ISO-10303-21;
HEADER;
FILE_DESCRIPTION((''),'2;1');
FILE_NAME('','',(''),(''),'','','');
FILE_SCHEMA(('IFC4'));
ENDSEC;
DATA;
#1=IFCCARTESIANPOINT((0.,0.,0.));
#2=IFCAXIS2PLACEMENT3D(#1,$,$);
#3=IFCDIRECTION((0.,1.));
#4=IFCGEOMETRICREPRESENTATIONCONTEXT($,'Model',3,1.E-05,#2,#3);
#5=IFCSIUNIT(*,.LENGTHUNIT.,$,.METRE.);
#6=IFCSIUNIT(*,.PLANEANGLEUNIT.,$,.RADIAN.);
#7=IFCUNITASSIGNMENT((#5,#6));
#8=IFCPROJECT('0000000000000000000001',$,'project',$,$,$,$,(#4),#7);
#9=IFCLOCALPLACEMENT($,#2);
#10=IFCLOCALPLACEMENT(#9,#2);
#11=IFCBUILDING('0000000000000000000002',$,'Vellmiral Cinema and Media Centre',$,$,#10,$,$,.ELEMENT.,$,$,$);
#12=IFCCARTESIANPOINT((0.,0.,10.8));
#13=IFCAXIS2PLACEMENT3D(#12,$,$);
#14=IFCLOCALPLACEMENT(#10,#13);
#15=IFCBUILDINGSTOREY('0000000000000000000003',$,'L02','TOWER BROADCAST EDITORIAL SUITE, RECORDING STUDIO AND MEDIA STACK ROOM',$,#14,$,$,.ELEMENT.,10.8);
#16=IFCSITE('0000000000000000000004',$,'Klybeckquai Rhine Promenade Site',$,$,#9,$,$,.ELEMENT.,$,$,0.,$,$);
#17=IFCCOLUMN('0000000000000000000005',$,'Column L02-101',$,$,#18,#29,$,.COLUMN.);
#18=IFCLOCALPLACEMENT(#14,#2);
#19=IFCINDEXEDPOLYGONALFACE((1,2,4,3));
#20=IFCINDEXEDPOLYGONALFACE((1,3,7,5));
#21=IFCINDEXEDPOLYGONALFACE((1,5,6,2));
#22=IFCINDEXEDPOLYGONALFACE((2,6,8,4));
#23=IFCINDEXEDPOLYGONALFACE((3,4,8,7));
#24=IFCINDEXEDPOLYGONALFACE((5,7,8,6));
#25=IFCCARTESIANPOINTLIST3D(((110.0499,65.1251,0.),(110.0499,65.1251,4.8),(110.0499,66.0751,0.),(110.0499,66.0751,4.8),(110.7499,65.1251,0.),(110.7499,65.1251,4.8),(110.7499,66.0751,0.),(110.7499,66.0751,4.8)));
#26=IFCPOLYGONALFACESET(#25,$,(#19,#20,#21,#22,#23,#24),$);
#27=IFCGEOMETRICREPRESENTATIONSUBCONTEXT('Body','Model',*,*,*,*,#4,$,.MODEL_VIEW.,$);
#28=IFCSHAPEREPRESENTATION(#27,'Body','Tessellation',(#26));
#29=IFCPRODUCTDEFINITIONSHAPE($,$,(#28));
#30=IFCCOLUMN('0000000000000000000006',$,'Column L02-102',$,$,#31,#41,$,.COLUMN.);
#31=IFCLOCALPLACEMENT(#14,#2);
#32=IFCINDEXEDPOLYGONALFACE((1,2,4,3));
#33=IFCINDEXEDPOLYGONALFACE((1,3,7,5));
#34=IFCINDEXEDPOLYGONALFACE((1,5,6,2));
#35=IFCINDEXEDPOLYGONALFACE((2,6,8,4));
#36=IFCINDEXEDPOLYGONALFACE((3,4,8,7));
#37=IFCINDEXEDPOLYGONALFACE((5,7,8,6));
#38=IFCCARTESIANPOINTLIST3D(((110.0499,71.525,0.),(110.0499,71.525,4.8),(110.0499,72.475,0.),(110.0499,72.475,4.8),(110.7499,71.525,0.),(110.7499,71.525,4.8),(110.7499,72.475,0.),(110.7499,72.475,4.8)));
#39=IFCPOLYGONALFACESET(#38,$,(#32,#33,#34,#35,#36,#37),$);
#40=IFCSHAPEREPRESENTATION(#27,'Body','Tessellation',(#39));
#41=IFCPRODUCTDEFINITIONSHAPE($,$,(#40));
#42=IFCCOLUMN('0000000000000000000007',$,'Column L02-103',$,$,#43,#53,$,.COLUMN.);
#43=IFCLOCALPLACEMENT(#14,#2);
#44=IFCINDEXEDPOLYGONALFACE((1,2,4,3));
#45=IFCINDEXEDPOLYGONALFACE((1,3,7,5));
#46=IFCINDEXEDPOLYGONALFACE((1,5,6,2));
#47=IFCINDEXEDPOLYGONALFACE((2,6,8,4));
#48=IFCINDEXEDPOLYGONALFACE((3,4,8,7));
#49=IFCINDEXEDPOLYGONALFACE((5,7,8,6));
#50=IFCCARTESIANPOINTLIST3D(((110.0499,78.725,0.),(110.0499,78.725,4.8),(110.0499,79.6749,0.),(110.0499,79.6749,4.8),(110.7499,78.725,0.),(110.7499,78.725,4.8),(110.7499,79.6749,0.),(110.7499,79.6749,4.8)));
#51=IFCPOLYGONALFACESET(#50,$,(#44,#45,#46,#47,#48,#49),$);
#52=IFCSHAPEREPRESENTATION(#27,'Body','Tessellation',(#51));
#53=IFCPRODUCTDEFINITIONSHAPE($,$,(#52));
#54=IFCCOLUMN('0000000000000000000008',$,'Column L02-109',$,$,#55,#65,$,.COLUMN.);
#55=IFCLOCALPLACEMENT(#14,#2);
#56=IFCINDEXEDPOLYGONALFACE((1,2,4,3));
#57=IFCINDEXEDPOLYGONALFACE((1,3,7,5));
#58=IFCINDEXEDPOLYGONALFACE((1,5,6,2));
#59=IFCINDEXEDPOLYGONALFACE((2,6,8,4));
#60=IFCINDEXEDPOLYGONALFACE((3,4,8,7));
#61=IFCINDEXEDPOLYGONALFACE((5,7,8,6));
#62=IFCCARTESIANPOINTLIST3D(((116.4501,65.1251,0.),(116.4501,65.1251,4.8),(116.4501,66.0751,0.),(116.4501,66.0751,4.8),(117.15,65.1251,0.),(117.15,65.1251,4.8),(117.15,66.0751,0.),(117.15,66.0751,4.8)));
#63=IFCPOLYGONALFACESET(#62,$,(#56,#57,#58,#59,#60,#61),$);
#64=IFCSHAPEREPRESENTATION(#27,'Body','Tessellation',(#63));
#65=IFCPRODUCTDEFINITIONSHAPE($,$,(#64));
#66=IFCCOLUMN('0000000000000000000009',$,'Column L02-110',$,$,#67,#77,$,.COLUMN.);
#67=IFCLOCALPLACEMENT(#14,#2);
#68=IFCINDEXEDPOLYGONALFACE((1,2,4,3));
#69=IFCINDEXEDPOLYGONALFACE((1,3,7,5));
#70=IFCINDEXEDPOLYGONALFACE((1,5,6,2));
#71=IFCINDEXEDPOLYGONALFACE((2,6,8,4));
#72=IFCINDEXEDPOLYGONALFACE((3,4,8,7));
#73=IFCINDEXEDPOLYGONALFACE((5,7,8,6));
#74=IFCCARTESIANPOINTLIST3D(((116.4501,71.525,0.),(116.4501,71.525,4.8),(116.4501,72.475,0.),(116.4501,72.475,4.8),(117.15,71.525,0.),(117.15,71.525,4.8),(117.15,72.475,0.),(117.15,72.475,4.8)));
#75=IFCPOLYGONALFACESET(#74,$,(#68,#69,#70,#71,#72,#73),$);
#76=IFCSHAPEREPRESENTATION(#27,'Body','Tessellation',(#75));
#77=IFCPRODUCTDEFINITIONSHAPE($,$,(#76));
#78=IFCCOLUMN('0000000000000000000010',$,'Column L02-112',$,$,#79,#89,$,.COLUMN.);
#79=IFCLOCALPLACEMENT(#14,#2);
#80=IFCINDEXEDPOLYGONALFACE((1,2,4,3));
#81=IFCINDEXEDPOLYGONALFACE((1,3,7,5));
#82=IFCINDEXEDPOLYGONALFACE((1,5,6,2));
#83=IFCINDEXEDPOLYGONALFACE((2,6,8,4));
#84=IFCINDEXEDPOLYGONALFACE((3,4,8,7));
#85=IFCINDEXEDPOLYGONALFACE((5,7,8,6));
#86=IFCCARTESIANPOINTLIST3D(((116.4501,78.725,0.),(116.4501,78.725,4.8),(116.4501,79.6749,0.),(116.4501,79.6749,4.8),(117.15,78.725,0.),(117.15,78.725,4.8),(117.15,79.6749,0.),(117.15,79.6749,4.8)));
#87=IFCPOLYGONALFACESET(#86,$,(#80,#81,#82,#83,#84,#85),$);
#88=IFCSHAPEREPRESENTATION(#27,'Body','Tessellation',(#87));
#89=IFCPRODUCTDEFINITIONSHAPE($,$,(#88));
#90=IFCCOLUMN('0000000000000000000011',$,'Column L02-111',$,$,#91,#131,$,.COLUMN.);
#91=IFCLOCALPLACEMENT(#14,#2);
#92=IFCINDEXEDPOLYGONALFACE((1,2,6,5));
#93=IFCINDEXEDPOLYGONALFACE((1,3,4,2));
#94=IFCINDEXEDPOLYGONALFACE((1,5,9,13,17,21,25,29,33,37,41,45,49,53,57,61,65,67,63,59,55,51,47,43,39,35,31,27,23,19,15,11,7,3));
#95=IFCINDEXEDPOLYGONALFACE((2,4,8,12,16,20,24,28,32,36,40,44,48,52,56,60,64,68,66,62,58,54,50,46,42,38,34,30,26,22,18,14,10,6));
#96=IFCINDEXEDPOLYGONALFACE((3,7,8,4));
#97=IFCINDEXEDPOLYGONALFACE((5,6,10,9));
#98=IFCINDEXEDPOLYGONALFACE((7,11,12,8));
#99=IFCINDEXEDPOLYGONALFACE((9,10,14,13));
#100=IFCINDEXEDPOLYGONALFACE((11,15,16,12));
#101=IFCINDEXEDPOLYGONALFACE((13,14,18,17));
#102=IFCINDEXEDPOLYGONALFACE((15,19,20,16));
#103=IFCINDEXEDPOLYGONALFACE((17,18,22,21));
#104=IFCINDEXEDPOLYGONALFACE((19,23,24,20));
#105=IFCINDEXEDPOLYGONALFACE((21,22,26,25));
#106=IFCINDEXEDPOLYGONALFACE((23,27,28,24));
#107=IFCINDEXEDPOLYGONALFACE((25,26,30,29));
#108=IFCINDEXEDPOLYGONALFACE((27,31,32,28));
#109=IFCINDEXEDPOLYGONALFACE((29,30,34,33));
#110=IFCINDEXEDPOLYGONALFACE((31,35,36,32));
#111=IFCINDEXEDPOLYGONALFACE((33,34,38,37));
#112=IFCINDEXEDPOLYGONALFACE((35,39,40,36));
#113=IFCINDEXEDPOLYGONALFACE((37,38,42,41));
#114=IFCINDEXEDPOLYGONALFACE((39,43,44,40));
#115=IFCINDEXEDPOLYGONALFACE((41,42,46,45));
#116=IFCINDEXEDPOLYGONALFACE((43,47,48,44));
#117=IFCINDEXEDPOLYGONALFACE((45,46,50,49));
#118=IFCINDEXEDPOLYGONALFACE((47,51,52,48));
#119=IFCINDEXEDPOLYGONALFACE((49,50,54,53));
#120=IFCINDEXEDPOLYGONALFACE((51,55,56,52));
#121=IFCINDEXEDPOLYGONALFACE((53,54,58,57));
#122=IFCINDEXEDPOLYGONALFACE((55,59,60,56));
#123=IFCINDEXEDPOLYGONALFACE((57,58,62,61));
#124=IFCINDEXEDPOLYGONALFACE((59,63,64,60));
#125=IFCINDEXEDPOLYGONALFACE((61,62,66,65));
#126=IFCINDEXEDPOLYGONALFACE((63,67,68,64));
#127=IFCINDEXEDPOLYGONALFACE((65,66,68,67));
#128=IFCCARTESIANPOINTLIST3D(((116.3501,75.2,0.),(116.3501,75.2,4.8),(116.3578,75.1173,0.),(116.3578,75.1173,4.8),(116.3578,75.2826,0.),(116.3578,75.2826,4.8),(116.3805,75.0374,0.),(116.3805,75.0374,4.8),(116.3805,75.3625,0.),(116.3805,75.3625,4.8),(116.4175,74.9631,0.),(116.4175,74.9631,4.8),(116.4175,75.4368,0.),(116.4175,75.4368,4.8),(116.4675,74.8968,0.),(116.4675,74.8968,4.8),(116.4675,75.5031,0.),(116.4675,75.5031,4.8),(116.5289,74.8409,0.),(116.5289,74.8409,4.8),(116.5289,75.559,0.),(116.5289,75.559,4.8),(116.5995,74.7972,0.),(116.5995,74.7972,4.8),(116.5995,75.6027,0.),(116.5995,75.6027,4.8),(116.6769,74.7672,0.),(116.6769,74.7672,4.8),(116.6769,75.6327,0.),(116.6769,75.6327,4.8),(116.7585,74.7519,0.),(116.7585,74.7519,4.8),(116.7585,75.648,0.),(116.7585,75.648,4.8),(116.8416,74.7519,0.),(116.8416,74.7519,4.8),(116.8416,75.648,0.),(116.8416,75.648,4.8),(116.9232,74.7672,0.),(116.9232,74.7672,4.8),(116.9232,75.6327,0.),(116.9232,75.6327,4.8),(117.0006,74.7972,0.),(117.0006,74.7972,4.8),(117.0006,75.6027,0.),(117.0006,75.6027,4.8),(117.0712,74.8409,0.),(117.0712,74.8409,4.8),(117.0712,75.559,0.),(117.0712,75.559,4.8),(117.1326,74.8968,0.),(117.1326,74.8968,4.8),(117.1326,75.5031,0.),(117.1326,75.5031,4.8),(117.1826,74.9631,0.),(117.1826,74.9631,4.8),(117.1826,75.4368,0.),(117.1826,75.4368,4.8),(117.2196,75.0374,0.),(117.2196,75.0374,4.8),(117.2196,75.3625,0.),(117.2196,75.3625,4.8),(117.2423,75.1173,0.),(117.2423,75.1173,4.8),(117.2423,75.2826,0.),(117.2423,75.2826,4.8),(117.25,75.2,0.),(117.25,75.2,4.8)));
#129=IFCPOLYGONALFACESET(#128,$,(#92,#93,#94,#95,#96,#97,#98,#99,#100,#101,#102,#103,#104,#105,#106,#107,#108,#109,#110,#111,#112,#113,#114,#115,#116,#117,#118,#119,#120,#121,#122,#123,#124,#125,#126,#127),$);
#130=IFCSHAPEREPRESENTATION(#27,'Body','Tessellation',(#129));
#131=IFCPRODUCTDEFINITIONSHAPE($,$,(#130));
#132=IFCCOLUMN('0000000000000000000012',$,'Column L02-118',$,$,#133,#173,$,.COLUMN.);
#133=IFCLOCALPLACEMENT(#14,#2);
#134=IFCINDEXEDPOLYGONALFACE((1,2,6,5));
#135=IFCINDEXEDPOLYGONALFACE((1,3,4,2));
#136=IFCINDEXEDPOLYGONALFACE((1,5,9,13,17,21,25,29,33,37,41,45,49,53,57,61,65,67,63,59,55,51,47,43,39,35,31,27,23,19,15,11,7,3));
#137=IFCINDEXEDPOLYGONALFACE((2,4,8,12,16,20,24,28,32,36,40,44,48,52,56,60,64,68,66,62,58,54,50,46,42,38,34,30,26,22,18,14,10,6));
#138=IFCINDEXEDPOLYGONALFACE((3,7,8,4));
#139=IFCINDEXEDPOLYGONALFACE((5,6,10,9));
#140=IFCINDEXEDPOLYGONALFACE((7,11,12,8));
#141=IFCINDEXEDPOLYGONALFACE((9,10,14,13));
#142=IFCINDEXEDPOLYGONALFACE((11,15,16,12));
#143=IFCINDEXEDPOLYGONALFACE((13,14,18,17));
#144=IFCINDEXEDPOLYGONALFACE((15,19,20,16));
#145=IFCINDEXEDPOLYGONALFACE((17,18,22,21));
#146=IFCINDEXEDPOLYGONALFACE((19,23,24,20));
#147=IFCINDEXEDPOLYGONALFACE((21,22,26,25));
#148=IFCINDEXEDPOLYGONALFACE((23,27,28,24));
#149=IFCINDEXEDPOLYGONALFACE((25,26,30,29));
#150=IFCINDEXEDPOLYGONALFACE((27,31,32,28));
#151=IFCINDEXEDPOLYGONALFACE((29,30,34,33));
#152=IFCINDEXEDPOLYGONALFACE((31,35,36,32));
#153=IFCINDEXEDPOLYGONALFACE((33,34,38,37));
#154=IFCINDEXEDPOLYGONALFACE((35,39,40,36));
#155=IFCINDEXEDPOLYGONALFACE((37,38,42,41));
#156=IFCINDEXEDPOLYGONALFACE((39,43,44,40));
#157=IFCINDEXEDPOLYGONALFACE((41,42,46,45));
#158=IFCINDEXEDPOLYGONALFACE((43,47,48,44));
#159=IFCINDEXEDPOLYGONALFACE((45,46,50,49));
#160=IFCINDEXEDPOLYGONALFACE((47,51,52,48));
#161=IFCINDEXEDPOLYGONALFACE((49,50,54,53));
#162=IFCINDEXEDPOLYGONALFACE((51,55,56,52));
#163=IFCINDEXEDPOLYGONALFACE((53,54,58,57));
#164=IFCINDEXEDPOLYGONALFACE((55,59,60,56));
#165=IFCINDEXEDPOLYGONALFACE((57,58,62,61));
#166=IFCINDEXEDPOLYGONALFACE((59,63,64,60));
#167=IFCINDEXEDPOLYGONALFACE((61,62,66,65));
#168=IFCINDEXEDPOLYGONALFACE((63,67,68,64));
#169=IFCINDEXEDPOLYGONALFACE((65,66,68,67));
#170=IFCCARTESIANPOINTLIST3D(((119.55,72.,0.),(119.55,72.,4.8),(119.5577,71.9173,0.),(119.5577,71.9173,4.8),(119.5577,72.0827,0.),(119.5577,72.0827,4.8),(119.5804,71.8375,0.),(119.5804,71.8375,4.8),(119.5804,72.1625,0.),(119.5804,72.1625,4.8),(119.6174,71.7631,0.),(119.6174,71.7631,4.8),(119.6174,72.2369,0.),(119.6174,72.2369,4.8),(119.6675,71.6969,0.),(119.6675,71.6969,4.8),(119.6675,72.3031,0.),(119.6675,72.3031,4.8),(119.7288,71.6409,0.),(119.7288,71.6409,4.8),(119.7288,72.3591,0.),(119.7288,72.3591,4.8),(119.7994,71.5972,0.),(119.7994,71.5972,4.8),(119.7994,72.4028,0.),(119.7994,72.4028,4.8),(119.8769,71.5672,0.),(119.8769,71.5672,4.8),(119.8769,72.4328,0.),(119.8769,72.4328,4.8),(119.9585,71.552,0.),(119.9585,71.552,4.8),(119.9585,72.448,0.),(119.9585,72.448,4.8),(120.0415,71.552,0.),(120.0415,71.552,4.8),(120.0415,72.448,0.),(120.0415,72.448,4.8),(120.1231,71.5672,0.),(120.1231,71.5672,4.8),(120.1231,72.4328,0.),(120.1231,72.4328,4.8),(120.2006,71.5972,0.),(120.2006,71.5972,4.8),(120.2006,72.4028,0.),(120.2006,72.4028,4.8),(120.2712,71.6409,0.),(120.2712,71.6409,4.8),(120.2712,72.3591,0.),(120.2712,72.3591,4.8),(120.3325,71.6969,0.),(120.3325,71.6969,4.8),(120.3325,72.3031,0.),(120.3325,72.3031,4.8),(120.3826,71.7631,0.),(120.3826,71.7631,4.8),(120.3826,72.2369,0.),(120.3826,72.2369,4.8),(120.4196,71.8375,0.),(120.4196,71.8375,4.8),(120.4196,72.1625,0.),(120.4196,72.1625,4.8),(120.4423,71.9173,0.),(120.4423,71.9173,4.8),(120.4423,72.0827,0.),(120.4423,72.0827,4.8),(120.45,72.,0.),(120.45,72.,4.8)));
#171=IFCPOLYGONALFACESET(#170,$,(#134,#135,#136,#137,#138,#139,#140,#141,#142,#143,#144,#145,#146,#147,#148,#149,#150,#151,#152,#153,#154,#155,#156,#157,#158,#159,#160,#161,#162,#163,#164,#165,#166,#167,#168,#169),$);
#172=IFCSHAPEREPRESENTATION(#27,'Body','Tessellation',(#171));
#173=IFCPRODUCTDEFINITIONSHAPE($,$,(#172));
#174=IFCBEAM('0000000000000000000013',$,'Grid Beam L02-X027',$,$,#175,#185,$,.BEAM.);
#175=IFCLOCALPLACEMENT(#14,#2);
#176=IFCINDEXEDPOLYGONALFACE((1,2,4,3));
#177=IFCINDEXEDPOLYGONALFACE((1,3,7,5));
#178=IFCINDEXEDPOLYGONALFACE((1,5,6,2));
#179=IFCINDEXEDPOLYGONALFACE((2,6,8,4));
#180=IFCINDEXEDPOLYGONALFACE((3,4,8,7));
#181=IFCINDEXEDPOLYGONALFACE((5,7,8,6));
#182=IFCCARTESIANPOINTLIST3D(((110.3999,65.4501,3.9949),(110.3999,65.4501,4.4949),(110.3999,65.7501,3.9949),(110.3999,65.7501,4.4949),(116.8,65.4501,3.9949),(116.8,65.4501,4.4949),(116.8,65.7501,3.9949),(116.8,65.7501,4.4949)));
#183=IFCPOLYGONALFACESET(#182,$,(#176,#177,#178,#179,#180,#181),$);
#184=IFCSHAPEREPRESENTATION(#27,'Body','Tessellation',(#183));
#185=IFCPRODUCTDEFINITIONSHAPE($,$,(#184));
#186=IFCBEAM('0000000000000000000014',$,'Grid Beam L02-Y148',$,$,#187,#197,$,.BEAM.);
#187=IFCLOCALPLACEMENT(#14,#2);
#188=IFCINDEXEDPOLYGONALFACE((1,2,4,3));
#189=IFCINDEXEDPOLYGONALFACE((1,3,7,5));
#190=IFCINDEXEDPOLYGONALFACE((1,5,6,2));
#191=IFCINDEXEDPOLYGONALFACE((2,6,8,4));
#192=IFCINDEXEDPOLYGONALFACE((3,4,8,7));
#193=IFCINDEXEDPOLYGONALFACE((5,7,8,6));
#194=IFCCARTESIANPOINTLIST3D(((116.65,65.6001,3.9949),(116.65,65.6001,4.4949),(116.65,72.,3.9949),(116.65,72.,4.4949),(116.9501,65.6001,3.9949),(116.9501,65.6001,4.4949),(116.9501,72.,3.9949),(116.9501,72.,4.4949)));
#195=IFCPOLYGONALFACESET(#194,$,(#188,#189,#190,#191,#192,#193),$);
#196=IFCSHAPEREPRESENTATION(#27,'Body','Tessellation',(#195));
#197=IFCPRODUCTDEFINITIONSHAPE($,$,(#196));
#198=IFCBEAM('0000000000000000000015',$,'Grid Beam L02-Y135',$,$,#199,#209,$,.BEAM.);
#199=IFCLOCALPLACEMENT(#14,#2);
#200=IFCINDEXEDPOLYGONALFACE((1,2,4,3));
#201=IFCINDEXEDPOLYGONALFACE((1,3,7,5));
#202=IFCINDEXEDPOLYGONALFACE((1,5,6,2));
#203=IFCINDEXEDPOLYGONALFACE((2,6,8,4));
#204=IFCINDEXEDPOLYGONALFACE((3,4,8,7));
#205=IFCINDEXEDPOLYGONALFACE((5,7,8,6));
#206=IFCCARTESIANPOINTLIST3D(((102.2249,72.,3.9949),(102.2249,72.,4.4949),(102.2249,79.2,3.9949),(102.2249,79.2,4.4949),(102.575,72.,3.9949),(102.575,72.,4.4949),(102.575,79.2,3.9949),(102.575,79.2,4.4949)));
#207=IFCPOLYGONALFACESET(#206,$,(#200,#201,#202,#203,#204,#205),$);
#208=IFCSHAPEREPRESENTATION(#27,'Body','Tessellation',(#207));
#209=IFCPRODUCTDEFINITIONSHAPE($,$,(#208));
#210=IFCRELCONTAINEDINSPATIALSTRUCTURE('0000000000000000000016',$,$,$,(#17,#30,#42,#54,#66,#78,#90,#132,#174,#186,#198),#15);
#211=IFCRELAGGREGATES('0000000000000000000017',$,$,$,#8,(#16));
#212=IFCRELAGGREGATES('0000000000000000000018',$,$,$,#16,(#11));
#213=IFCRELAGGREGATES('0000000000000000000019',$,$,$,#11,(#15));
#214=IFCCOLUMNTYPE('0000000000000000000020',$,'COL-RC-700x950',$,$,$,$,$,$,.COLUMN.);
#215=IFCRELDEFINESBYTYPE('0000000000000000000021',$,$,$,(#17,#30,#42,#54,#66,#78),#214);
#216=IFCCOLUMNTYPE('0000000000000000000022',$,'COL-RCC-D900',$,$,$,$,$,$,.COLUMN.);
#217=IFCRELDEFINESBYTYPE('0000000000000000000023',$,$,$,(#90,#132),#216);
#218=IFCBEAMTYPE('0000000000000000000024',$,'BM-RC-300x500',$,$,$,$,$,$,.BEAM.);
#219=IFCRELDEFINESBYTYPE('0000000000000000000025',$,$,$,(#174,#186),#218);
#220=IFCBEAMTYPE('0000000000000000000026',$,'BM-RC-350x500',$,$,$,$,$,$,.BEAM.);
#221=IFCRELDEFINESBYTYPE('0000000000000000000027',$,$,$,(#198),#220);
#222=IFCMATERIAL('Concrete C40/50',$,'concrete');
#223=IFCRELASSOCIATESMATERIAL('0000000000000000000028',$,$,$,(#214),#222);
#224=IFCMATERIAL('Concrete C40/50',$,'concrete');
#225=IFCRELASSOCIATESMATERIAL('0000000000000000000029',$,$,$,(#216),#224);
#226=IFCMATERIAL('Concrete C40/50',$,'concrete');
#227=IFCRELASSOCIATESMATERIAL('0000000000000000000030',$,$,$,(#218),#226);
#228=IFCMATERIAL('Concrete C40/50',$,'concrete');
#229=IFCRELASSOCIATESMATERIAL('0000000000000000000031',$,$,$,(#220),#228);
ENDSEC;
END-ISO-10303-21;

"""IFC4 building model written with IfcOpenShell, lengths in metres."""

from ifc_helpers import new_model, si_unit, direction, frame, origin, origin_2d, place, context, subcontext, project, spatial, rectangle, circle, extrude, material, material_profile, profile_set, type_object, element, save


model = new_model("IFC4")

# Units and contexts
model_context = context("Model", 3, precision=1e-05, world=origin(), true_north=direction((0.0, 1.0)))
body_context = subcontext(model_context, "Body", "Model", "MODEL_VIEW")
ifc_project = project(units=[si_unit("LENGTHUNIT", "METRE"), si_unit("PLANEANGLEUNIT", "RADIAN")], contexts=[model_context])

# Site, building, storey
site_placement = place(None, origin())
site = spatial("IfcSite", under=ifc_project, at=site_placement, Name="Klybeckquai Rhine Promenade Site", CompositionType="ELEMENT", RefElevation=0.0)
building_placement = place(site_placement, origin())
building = spatial("IfcBuilding", under=site, at=building_placement, Name="Vellmiral Cinema and Media Centre", CompositionType="ELEMENT")
storey_placement = place(building_placement, frame((0.0, 0.0, 10.8)))
storey = spatial("IfcBuildingStorey", under=building, at=storey_placement, Name="L02", Description="TOWER BROADCAST EDITORIAL SUITE, RECORDING STUDIO AND MEDIA STACK ROOM", CompositionType="ELEMENT", Elevation=10.8)

# Columns
ifc_material_1 = material(Name="Concrete C40/50", Category="concrete")
ifc_material_profile_1 = material_profile(ifc_material_1, rectangle(XDim=0.7, YDim=0.95, at=origin_2d()), Name="RC 700x950")
ifc_profile_set_1 = profile_set([ifc_material_profile_1], Name="Concrete C40/50")
column_type_1 = type_object("IfcColumnType", Name="COL-RC-700x950", PredefinedType="COLUMN", material=ifc_profile_set_1)
for number, where, z_axis, x_axis, name in (
    (1, (110.3999, 65.6001, 0.0), (0.0, 0.0, 1.0), (1.0, 0.0, 0.0), "Column L02-101"),
    (2, (110.3999, 72.0, 0.0), (0.0, 0.0, 1.0), (1.0, 0.0, 0.0), "Column L02-102"),
    (3, (110.3999, 79.2, 0.0), (0.0, 0.0, 1.0), (1.0, 0.0, 0.0), "Column L02-103"),
    (4, (116.8, 65.6001, 0.0), (0.0, 0.0, 1.0), (1.0, 0.0, 0.0), "Column L02-109"),
    (5, (116.8, 72.0, 0.0), (0.0, 0.0, 1.0), (1.0, 0.0, 0.0), "Column L02-110"),
    (6, (116.8, 79.2, 0.0), (0.0, 0.0, 1.0), (1.0, 0.0, 0.0), "Column L02-112"),
):
    element("IfcColumn", number, at=place(storey_placement, frame(where, z_axis=z_axis, x_axis=x_axis)), inside=storey, type_object=column_type_1, Name=name, PredefinedType="COLUMN", context=body_context, shape_type="SweptSolid", body=[
        extrude(rectangle(XDim=0.7, YDim=0.95, at=origin_2d()), origin(), (0.0, 0.0, 1.0), 4.8),
    ])
ifc_material_2 = material(Name="Concrete C40/50", Category="concrete")
ifc_material_profile_2 = material_profile(ifc_material_2, circle(Radius=0.45, at=origin_2d()), Name="RC D900")
ifc_profile_set_2 = profile_set([ifc_material_profile_2], Name="Concrete C40/50")
column_type_2 = type_object("IfcColumnType", Name="COL-RCC-D900", PredefinedType="COLUMN", material=ifc_profile_set_2)
for number, where, z_axis, x_axis, name in (
    (7, (116.8, 75.2, 0.0), (0.0, 0.0, 1.0), (1.0, 0.0, 0.0), "Column L02-111"),
    (8, (120.0, 72.0, 0.0), (0.0, 0.0, 1.0), (1.0, 0.0, 0.0), "Column L02-118"),
):
    element("IfcColumn", number, at=place(storey_placement, frame(where, z_axis=z_axis, x_axis=x_axis)), inside=storey, type_object=column_type_2, Name=name, PredefinedType="COLUMN", context=body_context, shape_type="SweptSolid", body=[
        extrude(circle(Radius=0.45, at=origin_2d()), origin(), (0.0, 0.0, 1.0), 4.8),
    ])

# Beams
ifc_material_3 = material(Name="Concrete C40/50", Category="concrete")
ifc_material_profile_3 = material_profile(ifc_material_3, rectangle(XDim=0.3, YDim=0.5, at=origin_2d()), Name="RC 300x500")
ifc_profile_set_3 = profile_set([ifc_material_profile_3], Name="Concrete C40/50")
beam_type_1 = type_object("IfcBeamType", Name="BM-RC-300x500", PredefinedType="BEAM", material=ifc_profile_set_3)
beam_1_placement = place(storey_placement, frame((110.3999, 65.6001, 4.2449), z_axis=(1.0, 0.0, 0.0), x_axis=(0.0, 1.0, 0.0)))
element("IfcBeam", 9, at=beam_1_placement, inside=storey, type_object=beam_type_1, Name="Grid Beam L02-X027", PredefinedType="BEAM", context=body_context, shape_type="SweptSolid", body=[
    extrude(rectangle(XDim=0.3, YDim=0.5, at=origin_2d()), origin(), (0.0, 0.0, 1.0), 6.4001),
])
beam_2_placement = place(storey_placement, frame((116.8, 65.6001, 4.2449), z_axis=(0.0, 1.0, 0.0), x_axis=(-1.0, 0.0, 0.0)))
element("IfcBeam", 10, at=beam_2_placement, inside=storey, type_object=beam_type_1, Name="Grid Beam L02-Y148", PredefinedType="BEAM", context=body_context, shape_type="SweptSolid", body=[
    extrude(rectangle(XDim=0.3, YDim=0.5, at=origin_2d()), origin(), (0.0, 0.0, 1.0), 6.3999),
])
ifc_material_4 = material(Name="Concrete C40/50", Category="concrete")
ifc_material_profile_4 = material_profile(ifc_material_4, rectangle(XDim=0.3501, YDim=0.5, at=origin_2d()), Name="RC 350x500")
ifc_profile_set_4 = profile_set([ifc_material_profile_4], Name="Concrete C40/50")
beam_type_2 = type_object("IfcBeamType", Name="BM-RC-350x500", PredefinedType="BEAM", material=ifc_profile_set_4)
beam_3_placement = place(storey_placement, frame((102.3999, 72.0, 4.2449), z_axis=(0.0, 1.0, 0.0), x_axis=(-1.0, 0.0, 0.0)))
element("IfcBeam", 11, at=beam_3_placement, inside=storey, type_object=beam_type_2, Name="Grid Beam L02-Y135", PredefinedType="BEAM", context=body_context, shape_type="SweptSolid", body=[
    extrude(rectangle(XDim=0.3501, YDim=0.5, at=origin_2d()), origin(), (0.0, 0.0, 1.0), 7.2),
])

save(model, "model.ifc")
